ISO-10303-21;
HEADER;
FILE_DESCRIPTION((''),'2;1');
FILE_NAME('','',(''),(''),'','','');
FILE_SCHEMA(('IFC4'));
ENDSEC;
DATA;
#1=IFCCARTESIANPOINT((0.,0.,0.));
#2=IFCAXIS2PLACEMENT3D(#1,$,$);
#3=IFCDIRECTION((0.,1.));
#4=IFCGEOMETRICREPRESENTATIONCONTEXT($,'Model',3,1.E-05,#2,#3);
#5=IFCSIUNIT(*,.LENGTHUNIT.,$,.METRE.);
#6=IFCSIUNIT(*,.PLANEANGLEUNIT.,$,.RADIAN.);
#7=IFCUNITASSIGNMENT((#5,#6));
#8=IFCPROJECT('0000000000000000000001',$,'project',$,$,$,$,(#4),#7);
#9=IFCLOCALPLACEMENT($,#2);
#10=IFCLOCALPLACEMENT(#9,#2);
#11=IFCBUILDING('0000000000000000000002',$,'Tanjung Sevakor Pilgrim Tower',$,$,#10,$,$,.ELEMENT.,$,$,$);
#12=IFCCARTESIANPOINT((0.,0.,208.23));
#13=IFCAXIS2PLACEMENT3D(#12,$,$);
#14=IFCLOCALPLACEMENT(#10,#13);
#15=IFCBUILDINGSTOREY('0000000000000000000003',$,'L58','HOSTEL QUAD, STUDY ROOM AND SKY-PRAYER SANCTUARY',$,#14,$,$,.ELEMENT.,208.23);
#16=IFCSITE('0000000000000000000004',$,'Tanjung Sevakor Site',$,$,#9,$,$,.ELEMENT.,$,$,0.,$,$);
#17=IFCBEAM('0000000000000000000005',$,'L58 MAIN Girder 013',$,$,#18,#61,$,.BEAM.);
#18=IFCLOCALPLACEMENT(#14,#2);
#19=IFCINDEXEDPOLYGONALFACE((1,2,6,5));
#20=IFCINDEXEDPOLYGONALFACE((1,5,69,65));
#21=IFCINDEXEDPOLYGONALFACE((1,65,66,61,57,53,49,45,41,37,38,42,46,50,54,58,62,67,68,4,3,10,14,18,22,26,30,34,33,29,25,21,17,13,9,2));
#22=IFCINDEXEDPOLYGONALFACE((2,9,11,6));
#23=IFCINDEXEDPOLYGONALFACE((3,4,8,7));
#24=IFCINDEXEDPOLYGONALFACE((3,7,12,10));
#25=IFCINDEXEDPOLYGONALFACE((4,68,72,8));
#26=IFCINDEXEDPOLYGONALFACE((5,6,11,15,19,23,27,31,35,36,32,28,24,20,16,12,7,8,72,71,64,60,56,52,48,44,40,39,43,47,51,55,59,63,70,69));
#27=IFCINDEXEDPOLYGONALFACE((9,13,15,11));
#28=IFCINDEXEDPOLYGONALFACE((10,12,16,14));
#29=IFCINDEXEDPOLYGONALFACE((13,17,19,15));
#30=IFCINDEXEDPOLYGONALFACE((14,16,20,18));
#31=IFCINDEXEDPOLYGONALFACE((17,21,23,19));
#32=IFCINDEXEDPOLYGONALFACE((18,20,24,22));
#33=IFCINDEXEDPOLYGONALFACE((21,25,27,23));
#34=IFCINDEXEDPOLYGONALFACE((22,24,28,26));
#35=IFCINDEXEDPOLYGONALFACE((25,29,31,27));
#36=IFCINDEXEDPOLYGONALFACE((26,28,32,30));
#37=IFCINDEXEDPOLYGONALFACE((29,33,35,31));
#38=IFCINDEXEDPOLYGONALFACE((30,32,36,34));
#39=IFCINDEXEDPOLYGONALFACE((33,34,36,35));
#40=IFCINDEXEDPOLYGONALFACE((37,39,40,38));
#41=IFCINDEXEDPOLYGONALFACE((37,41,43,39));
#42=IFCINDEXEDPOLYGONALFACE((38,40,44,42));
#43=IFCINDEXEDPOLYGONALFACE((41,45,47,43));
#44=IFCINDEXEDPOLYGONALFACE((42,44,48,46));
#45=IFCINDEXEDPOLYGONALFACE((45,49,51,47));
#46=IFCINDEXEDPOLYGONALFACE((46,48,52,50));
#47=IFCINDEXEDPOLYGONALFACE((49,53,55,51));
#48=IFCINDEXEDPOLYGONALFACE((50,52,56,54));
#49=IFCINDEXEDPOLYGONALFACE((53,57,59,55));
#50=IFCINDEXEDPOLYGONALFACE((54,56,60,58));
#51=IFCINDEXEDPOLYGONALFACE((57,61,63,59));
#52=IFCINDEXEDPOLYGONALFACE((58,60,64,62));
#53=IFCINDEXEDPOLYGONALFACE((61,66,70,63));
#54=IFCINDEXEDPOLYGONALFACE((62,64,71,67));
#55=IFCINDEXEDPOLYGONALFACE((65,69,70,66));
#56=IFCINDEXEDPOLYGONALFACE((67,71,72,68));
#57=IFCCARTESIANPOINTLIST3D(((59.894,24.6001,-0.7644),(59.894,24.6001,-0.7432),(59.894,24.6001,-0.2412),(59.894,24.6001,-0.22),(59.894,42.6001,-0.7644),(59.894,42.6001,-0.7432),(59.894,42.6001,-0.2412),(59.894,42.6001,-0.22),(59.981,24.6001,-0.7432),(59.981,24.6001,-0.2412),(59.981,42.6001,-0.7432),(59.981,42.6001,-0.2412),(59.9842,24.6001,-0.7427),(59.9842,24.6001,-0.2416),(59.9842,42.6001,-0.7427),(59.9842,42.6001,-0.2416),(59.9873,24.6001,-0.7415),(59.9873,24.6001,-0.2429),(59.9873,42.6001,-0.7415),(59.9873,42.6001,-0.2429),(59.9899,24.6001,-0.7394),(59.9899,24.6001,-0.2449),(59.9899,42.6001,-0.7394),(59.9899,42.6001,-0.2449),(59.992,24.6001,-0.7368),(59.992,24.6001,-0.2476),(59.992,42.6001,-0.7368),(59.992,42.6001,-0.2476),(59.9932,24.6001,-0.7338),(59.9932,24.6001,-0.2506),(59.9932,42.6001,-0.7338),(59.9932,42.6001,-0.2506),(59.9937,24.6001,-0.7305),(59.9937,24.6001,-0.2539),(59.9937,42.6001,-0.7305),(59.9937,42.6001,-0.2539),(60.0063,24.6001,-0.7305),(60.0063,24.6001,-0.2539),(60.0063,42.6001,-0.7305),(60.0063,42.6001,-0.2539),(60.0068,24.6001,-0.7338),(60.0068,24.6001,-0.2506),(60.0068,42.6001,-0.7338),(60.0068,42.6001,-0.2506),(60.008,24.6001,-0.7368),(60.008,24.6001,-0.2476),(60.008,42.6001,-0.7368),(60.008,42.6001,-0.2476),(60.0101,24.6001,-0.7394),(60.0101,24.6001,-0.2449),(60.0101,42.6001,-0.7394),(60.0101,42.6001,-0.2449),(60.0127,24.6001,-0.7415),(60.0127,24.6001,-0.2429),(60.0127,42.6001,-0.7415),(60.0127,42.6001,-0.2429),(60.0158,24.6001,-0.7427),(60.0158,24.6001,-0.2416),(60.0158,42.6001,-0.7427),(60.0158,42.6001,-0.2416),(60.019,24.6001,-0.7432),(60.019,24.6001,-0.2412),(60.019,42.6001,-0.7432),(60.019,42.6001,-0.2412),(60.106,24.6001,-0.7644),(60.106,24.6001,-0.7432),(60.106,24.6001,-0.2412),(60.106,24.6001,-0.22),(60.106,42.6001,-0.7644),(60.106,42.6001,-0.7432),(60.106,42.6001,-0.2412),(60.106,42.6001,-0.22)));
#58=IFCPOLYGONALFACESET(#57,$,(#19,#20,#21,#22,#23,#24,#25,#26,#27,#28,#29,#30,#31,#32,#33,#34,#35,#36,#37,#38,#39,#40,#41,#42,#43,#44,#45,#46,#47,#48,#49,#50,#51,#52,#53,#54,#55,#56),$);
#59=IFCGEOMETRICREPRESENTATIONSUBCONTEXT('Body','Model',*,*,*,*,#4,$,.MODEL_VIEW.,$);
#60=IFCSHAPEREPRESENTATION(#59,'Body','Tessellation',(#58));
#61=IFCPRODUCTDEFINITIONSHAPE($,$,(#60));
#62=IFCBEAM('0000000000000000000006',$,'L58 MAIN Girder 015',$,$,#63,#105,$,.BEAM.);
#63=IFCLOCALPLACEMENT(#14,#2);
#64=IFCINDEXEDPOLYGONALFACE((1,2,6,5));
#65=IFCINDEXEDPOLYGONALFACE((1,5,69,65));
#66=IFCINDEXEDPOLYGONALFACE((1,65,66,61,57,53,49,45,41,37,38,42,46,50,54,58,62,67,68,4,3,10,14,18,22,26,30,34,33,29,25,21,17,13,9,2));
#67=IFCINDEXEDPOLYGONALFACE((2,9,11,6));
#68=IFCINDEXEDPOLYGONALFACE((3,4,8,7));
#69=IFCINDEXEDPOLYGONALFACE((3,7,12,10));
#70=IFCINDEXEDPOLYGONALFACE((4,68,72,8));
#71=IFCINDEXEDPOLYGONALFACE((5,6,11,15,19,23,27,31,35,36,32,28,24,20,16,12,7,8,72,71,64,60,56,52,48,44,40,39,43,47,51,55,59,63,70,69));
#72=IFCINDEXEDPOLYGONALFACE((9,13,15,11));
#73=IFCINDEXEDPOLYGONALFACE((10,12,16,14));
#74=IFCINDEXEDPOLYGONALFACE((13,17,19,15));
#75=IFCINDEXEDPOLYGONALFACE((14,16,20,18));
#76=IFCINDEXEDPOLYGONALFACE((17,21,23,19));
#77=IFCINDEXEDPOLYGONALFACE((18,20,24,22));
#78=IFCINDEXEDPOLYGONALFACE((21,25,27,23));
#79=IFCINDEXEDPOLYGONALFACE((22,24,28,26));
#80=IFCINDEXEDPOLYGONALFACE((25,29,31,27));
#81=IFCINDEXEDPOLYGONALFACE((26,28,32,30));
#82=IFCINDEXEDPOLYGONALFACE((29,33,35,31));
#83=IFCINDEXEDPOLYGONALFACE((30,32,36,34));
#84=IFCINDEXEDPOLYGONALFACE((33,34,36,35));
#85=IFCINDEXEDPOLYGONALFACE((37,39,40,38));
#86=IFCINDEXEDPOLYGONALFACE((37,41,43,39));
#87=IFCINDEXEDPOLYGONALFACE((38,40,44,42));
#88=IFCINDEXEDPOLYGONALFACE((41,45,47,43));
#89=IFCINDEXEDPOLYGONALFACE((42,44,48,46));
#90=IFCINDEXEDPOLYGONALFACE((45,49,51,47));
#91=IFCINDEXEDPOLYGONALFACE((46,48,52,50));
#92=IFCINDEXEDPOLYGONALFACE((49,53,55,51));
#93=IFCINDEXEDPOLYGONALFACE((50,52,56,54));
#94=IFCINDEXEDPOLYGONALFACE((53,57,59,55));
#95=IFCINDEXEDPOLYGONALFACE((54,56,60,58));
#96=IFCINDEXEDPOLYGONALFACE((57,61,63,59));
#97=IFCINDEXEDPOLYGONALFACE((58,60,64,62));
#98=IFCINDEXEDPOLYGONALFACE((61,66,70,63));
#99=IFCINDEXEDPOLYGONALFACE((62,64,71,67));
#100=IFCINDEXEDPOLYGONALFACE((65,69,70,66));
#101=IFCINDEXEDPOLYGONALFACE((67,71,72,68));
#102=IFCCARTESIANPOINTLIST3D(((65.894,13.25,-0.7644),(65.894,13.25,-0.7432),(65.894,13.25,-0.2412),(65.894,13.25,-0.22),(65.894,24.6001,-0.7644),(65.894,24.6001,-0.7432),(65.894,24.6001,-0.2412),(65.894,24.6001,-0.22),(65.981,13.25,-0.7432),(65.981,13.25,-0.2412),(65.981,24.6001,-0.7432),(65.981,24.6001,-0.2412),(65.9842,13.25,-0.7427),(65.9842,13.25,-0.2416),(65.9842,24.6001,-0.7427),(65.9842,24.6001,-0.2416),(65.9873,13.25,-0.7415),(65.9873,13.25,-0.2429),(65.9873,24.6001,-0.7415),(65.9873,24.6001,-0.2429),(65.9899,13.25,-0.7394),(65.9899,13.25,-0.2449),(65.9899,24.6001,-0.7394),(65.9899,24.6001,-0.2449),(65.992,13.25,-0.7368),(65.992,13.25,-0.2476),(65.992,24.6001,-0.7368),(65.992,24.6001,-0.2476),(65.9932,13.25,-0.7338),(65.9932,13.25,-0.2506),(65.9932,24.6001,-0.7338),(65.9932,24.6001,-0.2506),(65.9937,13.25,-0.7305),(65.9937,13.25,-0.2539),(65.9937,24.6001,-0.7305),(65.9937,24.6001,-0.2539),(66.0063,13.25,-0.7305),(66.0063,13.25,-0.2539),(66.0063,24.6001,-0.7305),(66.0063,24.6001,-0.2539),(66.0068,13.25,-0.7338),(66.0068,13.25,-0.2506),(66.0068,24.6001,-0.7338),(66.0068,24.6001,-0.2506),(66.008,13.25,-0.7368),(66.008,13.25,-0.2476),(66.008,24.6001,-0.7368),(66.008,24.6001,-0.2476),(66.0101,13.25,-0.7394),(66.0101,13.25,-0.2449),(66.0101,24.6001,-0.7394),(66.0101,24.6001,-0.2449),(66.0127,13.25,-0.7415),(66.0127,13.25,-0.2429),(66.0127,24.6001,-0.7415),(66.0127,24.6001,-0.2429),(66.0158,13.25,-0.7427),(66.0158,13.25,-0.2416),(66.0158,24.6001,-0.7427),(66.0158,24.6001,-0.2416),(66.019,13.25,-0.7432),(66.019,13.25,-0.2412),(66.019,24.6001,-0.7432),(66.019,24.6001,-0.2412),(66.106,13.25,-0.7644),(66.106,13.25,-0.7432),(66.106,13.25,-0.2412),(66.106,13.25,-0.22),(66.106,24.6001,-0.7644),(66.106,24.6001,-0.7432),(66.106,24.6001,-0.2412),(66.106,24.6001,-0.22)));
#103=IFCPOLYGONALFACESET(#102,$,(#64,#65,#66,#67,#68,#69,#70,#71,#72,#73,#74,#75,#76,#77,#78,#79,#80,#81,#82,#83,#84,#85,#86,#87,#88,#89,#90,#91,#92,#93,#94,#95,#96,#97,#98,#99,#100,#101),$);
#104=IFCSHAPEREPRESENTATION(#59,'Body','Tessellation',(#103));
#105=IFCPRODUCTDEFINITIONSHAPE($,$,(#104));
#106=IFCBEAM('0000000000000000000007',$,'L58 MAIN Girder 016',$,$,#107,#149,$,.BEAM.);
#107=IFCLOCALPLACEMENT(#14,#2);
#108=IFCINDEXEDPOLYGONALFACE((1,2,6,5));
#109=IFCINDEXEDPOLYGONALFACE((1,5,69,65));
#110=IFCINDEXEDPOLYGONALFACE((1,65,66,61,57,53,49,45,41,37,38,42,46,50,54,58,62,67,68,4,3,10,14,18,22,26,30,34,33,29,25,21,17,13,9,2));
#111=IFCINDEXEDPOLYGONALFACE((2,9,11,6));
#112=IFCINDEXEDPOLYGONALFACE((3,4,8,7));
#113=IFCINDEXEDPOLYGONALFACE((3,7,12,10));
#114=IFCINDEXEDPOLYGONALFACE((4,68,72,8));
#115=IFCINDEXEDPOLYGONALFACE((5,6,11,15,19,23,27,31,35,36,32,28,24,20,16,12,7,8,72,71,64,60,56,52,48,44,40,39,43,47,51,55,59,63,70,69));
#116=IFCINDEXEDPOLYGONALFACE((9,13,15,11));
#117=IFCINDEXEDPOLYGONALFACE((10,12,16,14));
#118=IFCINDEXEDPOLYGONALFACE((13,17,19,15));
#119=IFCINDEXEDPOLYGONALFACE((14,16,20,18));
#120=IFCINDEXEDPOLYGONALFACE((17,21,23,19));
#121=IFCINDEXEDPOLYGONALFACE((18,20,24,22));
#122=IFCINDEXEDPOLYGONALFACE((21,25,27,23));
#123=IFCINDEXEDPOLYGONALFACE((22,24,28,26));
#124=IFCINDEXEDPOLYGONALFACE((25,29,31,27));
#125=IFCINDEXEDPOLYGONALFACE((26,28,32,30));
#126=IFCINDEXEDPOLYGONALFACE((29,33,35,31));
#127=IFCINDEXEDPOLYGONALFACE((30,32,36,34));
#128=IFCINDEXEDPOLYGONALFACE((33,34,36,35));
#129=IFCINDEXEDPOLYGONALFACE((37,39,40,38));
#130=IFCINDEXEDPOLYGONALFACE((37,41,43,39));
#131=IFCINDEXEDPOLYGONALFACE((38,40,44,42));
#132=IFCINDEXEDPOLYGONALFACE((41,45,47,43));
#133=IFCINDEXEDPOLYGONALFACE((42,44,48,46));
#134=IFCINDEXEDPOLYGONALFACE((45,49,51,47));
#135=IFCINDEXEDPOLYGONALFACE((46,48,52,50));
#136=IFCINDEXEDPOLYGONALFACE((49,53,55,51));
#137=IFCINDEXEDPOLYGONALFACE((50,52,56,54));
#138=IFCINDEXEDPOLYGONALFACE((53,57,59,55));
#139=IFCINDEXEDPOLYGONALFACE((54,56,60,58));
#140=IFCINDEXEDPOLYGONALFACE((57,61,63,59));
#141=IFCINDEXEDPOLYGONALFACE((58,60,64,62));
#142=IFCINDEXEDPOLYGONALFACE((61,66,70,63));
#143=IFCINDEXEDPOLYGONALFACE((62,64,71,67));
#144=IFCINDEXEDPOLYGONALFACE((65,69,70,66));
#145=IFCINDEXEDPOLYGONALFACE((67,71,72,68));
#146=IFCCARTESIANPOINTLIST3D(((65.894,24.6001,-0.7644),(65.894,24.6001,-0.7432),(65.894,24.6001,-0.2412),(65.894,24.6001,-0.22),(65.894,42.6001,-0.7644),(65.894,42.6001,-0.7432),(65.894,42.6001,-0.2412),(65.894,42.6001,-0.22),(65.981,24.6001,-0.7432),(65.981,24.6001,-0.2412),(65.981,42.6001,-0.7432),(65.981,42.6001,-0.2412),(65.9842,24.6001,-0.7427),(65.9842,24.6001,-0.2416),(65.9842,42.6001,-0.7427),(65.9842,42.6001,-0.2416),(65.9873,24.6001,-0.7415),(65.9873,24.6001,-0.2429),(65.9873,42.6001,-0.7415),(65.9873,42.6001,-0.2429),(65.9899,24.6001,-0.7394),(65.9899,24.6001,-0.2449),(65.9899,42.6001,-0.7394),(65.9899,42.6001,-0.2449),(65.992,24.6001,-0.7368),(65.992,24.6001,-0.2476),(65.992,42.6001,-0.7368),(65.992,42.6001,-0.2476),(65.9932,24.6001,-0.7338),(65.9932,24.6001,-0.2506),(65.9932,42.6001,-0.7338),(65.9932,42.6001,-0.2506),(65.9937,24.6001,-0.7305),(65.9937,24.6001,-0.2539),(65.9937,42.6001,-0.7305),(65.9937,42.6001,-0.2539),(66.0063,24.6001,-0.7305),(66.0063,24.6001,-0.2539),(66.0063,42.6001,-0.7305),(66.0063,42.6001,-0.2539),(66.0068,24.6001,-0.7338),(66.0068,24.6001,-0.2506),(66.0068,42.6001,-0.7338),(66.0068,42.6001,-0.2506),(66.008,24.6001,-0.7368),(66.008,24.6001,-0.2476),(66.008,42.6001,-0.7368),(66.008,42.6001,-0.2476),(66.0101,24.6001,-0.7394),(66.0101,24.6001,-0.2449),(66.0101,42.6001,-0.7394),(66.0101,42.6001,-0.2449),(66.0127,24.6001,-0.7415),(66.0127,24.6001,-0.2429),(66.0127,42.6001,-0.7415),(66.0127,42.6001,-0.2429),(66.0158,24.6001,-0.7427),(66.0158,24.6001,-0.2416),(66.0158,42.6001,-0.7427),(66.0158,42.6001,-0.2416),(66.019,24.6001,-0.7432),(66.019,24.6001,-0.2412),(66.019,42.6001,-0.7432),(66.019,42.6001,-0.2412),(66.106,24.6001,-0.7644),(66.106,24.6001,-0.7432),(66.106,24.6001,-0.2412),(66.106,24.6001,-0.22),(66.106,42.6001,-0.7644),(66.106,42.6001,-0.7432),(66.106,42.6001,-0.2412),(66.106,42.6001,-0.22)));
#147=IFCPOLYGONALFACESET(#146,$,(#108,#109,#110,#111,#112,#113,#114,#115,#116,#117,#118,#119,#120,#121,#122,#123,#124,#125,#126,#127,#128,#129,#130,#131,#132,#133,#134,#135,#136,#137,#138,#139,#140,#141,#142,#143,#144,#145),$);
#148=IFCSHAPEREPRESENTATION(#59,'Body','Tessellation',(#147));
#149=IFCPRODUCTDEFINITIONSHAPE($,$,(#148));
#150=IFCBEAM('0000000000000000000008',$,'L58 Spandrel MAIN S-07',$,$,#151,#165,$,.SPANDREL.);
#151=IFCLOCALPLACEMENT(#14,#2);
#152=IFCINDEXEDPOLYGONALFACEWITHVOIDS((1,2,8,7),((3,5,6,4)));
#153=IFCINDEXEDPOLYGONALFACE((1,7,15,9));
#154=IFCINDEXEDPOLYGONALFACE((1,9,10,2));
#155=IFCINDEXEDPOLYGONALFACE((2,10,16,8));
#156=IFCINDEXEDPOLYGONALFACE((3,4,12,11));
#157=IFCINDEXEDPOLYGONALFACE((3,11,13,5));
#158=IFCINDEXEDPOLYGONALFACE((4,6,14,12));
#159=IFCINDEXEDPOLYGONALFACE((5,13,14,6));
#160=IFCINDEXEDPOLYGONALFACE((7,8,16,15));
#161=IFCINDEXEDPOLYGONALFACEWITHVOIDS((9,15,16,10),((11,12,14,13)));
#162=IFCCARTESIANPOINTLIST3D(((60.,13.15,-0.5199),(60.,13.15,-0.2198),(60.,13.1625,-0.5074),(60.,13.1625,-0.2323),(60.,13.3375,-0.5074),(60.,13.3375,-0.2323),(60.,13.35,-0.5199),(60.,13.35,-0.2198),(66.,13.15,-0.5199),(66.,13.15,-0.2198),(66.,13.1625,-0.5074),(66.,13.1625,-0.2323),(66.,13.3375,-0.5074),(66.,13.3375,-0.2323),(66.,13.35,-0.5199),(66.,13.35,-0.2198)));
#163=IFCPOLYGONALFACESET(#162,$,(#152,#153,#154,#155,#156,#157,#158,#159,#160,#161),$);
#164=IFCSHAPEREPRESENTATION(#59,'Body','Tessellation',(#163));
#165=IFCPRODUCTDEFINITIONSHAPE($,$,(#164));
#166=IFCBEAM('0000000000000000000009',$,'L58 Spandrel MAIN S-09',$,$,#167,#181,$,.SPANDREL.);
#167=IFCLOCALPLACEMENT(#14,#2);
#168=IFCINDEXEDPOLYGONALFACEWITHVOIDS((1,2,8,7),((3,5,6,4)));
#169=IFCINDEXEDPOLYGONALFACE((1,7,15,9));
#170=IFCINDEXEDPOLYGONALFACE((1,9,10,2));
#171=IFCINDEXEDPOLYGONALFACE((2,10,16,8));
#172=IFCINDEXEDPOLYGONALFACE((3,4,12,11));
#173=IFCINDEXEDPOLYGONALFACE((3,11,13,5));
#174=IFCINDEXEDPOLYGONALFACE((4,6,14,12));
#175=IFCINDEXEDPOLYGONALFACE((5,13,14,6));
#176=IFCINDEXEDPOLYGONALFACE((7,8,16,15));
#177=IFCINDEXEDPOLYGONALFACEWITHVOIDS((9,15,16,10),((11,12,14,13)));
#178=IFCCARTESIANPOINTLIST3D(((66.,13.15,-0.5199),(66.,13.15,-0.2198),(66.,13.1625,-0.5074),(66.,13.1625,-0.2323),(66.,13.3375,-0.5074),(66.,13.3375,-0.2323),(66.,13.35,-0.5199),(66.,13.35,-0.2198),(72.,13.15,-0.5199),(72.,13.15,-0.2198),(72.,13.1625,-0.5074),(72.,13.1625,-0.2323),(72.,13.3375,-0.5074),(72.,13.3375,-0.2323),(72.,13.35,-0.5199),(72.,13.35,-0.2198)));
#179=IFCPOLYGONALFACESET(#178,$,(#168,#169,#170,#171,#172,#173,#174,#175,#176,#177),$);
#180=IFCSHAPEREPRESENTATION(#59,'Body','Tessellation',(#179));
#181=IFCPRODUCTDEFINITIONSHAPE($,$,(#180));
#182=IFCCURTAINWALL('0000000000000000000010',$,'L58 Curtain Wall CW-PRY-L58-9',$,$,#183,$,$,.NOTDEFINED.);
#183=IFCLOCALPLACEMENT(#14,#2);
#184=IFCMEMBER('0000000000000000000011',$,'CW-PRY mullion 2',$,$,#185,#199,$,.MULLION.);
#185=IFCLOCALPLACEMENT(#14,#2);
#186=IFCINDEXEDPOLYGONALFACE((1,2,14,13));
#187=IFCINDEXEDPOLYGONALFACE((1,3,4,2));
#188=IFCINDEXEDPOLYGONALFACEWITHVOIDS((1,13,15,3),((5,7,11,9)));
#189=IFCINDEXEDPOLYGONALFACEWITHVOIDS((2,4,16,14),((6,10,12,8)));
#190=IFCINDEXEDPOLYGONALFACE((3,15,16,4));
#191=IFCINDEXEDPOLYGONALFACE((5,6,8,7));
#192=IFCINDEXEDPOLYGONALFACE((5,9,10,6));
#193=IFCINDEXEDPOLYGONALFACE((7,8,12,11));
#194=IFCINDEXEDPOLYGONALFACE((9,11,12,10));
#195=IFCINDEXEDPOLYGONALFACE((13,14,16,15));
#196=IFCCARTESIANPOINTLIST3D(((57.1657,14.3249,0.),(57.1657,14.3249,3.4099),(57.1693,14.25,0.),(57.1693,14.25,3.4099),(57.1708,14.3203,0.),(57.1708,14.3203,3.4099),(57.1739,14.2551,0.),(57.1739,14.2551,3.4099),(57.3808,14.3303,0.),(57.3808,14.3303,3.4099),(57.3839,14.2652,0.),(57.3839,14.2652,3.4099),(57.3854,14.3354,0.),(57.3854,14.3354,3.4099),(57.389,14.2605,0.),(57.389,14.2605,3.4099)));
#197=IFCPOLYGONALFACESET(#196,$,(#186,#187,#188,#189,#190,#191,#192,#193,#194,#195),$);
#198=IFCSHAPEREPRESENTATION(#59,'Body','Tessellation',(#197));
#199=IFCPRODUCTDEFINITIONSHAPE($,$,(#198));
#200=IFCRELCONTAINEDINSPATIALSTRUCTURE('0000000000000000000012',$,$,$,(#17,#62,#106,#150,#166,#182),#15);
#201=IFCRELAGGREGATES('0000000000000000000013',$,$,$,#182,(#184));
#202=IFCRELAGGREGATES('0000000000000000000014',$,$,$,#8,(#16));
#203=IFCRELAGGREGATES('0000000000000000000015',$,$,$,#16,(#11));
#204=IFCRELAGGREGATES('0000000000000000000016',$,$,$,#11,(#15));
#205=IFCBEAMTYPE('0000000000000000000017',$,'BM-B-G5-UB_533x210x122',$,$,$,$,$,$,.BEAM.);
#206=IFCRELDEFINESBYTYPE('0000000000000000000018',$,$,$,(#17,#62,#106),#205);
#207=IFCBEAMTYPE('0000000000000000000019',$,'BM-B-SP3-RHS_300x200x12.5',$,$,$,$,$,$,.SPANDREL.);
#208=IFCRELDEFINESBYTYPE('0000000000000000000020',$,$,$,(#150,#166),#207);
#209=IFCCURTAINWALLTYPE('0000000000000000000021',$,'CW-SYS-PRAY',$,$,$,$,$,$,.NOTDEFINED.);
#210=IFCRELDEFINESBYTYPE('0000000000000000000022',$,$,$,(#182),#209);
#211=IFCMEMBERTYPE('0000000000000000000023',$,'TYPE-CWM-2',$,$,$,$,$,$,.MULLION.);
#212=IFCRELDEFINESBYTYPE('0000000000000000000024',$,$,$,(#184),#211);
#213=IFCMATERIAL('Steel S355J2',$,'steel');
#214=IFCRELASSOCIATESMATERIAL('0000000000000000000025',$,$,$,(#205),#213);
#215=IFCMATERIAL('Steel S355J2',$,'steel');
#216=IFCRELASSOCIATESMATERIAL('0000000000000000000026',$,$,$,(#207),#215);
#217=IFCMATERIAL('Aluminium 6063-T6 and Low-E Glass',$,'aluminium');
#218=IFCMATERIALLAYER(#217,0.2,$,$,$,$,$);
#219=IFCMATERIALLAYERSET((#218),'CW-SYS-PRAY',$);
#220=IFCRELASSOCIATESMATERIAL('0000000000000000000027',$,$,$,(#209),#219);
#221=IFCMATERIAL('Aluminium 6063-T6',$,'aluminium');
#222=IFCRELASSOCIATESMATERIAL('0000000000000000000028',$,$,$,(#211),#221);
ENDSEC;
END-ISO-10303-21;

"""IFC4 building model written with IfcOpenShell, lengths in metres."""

from ifc_helpers import new_model, si_unit, direction, frame, origin, origin_2d, place, context, subcontext, project, spatial, hollow_rectangle, i_section, extrude, material, layer, layer_set, material_profile, profile_set, type_object, element, aggregate, save


model = new_model("IFC4")

# Units and contexts
model_context = context("Model", 3, precision=1e-05, world=origin(), true_north=direction((0.0, 1.0)))
body_context = subcontext(model_context, "Body", "Model", "MODEL_VIEW")
ifc_project = project(units=[si_unit("LENGTHUNIT", "METRE"), si_unit("PLANEANGLEUNIT", "RADIAN")], contexts=[model_context])

# Site, building, storey
site_placement = place(None, origin())
site = spatial("IfcSite", under=ifc_project, at=site_placement, Name="Tanjung Sevakor Site", CompositionType="ELEMENT", RefElevation=0.0)
building_placement = place(site_placement, origin())
building = spatial("IfcBuilding", under=site, at=building_placement, Name="Tanjung Sevakor Pilgrim Tower", CompositionType="ELEMENT")
storey_placement = place(building_placement, frame((0.0, 0.0, 208.23)))
storey = spatial("IfcBuildingStorey", under=building, at=storey_placement, Name="L58", Description="HOSTEL QUAD, STUDY ROOM AND SKY-PRAYER SANCTUARY", CompositionType="ELEMENT", Elevation=208.23)

# Beams
ifc_material_1 = material(Name="Steel S355J2", Category="steel")
ifc_material_profile_1 = material_profile(ifc_material_1, i_section(OverallWidth=0.2119, OverallDepth=0.5444, WebThickness=0.0127, FlangeThickness=0.0212, FilletRadius=0.0127, at=origin_2d()))
ifc_profile_set_1 = profile_set([ifc_material_profile_1], Name="Steel S355J2")
beam_type_1 = type_object("IfcBeamType", Name="BM-B-G5-UB_533x210x122", PredefinedType="BEAM", material=ifc_profile_set_1)
beam_1_placement = place(storey_placement, frame((60.0, 24.6001, -0.4922), z_axis=(0.0, 1.0, 0.0), x_axis=(-1.0, 0.0, 0.0)))
element("IfcBeam", 1, at=beam_1_placement, inside=storey, type_object=beam_type_1, Name="L58 MAIN Girder 013", PredefinedType="BEAM", context=body_context, shape_type="SweptSolid", body=[
    extrude(i_section(OverallWidth=0.2119, OverallDepth=0.5444, WebThickness=0.0127, FlangeThickness=0.0212, FilletRadius=0.0127, at=origin_2d()), origin(), (0.0, 0.0, 1.0), 18.0),
])
beam_2_placement = place(storey_placement, frame((66.0, 13.25, -0.4922), z_axis=(0.0, 1.0, 0.0), x_axis=(-1.0, 0.0, 0.0)))
element("IfcBeam", 2, at=beam_2_placement, inside=storey, type_object=beam_type_1, Name="L58 MAIN Girder 015", PredefinedType="BEAM", context=body_context, shape_type="SweptSolid", body=[
    extrude(i_section(OverallWidth=0.2119, OverallDepth=0.5444, WebThickness=0.0127, FlangeThickness=0.0212, FilletRadius=0.0127, at=origin_2d()), origin(), (0.0, 0.0, 1.0), 11.3501),
])
beam_3_placement = place(storey_placement, frame((66.0, 24.6001, -0.4922), z_axis=(0.0, 1.0, 0.0), x_axis=(-1.0, 0.0, 0.0)))
element("IfcBeam", 3, at=beam_3_placement, inside=storey, type_object=beam_type_1, Name="L58 MAIN Girder 016", PredefinedType="BEAM", context=body_context, shape_type="SweptSolid", body=[
    extrude(i_section(OverallWidth=0.2119, OverallDepth=0.5444, WebThickness=0.0127, FlangeThickness=0.0212, FilletRadius=0.0127, at=origin_2d()), origin(), (0.0, 0.0, 1.0), 18.0),
])
ifc_material_2 = material(Name="Steel S355J2", Category="steel")
ifc_material_profile_2 = material_profile(ifc_material_2, hollow_rectangle(XDim=0.2, YDim=0.3, WallThickness=0.0125, at=origin_2d()))
ifc_profile_set_2 = profile_set([ifc_material_profile_2], Name="Steel S355J2")
beam_type_2 = type_object("IfcBeamType", Name="BM-B-SP3-RHS_300x200x12.5", PredefinedType="SPANDREL", material=ifc_profile_set_2)
for number, where, z_axis, x_axis, name in (
    (4, (60.0, 13.25, -0.3699), (1.0, 0.0, 0.0), (0.0, 1.0, 0.0), "L58 Spandrel MAIN S-07"),
    (5, (66.0, 13.25, -0.3699), (1.0, 0.0, 0.0), (0.0, 1.0, 0.0), "L58 Spandrel MAIN S-09"),
):
    element("IfcBeam", number, at=place(storey_placement, frame(where, z_axis=z_axis, x_axis=x_axis)), inside=storey, type_object=beam_type_2, Name=name, PredefinedType="SPANDREL", context=body_context, shape_type="SweptSolid", body=[
        extrude(hollow_rectangle(XDim=0.2, YDim=0.3, WallThickness=0.0125, at=origin_2d()), origin(), (0.0, 0.0, 1.0), 6.0),
    ])

# Curtain wall, member
ifc_material_3 = material(Name="Aluminium 6063-T6 and Low-E Glass", Category="aluminium")
ifc_layer_1 = layer(ifc_material_3, 0.2)
ifc_layer_set_1 = layer_set([ifc_layer_1], Name="CW-SYS-PRAY")
curtain_wall_type = type_object("IfcCurtainWallType", Name="CW-SYS-PRAY", PredefinedType="NOTDEFINED", material=ifc_layer_set_1)
curtain_wall_1_placement = place(storey_placement, origin())
curtain_wall_1 = element("IfcCurtainWall", 6, at=curtain_wall_1_placement, inside=storey, type_object=curtain_wall_type, Name="L58 Curtain Wall CW-PRY-L58-9", PredefinedType="NOTDEFINED")
ifc_material_4 = material(Name="Aluminium 6063-T6", Category="aluminium")
ifc_material_profile_3 = material_profile(ifc_material_4, hollow_rectangle(XDim=0.075, YDim=0.22, WallThickness=0.0049, at=origin_2d()))
ifc_profile_set_3 = profile_set([ifc_material_profile_3], Name="Aluminium 6063-T6")
member_type_1 = type_object("IfcMemberType", Name="TYPE-CWM-2", PredefinedType="MULLION", material=ifc_profile_set_3)
member_1_placement = place(storey_placement, frame((57.2773, 14.2927, 0.0), z_axis=(0.0, 0.0, 1.0), x_axis=(-0.047794, 0.998857, 0.0)))
member_1 = element("IfcMember", 7, at=member_1_placement, type_object=member_type_1, Name="CW-PRY mullion 2", PredefinedType="MULLION", context=body_context, shape_type="SweptSolid", body=[
    extrude(hollow_rectangle(XDim=0.075, YDim=0.22, WallThickness=0.0049, at=origin_2d()), origin(), (0.0, 0.0, 1.0), 3.4099),
])

aggregate(curtain_wall_1, [member_1])

save(model, "model.ifc")
